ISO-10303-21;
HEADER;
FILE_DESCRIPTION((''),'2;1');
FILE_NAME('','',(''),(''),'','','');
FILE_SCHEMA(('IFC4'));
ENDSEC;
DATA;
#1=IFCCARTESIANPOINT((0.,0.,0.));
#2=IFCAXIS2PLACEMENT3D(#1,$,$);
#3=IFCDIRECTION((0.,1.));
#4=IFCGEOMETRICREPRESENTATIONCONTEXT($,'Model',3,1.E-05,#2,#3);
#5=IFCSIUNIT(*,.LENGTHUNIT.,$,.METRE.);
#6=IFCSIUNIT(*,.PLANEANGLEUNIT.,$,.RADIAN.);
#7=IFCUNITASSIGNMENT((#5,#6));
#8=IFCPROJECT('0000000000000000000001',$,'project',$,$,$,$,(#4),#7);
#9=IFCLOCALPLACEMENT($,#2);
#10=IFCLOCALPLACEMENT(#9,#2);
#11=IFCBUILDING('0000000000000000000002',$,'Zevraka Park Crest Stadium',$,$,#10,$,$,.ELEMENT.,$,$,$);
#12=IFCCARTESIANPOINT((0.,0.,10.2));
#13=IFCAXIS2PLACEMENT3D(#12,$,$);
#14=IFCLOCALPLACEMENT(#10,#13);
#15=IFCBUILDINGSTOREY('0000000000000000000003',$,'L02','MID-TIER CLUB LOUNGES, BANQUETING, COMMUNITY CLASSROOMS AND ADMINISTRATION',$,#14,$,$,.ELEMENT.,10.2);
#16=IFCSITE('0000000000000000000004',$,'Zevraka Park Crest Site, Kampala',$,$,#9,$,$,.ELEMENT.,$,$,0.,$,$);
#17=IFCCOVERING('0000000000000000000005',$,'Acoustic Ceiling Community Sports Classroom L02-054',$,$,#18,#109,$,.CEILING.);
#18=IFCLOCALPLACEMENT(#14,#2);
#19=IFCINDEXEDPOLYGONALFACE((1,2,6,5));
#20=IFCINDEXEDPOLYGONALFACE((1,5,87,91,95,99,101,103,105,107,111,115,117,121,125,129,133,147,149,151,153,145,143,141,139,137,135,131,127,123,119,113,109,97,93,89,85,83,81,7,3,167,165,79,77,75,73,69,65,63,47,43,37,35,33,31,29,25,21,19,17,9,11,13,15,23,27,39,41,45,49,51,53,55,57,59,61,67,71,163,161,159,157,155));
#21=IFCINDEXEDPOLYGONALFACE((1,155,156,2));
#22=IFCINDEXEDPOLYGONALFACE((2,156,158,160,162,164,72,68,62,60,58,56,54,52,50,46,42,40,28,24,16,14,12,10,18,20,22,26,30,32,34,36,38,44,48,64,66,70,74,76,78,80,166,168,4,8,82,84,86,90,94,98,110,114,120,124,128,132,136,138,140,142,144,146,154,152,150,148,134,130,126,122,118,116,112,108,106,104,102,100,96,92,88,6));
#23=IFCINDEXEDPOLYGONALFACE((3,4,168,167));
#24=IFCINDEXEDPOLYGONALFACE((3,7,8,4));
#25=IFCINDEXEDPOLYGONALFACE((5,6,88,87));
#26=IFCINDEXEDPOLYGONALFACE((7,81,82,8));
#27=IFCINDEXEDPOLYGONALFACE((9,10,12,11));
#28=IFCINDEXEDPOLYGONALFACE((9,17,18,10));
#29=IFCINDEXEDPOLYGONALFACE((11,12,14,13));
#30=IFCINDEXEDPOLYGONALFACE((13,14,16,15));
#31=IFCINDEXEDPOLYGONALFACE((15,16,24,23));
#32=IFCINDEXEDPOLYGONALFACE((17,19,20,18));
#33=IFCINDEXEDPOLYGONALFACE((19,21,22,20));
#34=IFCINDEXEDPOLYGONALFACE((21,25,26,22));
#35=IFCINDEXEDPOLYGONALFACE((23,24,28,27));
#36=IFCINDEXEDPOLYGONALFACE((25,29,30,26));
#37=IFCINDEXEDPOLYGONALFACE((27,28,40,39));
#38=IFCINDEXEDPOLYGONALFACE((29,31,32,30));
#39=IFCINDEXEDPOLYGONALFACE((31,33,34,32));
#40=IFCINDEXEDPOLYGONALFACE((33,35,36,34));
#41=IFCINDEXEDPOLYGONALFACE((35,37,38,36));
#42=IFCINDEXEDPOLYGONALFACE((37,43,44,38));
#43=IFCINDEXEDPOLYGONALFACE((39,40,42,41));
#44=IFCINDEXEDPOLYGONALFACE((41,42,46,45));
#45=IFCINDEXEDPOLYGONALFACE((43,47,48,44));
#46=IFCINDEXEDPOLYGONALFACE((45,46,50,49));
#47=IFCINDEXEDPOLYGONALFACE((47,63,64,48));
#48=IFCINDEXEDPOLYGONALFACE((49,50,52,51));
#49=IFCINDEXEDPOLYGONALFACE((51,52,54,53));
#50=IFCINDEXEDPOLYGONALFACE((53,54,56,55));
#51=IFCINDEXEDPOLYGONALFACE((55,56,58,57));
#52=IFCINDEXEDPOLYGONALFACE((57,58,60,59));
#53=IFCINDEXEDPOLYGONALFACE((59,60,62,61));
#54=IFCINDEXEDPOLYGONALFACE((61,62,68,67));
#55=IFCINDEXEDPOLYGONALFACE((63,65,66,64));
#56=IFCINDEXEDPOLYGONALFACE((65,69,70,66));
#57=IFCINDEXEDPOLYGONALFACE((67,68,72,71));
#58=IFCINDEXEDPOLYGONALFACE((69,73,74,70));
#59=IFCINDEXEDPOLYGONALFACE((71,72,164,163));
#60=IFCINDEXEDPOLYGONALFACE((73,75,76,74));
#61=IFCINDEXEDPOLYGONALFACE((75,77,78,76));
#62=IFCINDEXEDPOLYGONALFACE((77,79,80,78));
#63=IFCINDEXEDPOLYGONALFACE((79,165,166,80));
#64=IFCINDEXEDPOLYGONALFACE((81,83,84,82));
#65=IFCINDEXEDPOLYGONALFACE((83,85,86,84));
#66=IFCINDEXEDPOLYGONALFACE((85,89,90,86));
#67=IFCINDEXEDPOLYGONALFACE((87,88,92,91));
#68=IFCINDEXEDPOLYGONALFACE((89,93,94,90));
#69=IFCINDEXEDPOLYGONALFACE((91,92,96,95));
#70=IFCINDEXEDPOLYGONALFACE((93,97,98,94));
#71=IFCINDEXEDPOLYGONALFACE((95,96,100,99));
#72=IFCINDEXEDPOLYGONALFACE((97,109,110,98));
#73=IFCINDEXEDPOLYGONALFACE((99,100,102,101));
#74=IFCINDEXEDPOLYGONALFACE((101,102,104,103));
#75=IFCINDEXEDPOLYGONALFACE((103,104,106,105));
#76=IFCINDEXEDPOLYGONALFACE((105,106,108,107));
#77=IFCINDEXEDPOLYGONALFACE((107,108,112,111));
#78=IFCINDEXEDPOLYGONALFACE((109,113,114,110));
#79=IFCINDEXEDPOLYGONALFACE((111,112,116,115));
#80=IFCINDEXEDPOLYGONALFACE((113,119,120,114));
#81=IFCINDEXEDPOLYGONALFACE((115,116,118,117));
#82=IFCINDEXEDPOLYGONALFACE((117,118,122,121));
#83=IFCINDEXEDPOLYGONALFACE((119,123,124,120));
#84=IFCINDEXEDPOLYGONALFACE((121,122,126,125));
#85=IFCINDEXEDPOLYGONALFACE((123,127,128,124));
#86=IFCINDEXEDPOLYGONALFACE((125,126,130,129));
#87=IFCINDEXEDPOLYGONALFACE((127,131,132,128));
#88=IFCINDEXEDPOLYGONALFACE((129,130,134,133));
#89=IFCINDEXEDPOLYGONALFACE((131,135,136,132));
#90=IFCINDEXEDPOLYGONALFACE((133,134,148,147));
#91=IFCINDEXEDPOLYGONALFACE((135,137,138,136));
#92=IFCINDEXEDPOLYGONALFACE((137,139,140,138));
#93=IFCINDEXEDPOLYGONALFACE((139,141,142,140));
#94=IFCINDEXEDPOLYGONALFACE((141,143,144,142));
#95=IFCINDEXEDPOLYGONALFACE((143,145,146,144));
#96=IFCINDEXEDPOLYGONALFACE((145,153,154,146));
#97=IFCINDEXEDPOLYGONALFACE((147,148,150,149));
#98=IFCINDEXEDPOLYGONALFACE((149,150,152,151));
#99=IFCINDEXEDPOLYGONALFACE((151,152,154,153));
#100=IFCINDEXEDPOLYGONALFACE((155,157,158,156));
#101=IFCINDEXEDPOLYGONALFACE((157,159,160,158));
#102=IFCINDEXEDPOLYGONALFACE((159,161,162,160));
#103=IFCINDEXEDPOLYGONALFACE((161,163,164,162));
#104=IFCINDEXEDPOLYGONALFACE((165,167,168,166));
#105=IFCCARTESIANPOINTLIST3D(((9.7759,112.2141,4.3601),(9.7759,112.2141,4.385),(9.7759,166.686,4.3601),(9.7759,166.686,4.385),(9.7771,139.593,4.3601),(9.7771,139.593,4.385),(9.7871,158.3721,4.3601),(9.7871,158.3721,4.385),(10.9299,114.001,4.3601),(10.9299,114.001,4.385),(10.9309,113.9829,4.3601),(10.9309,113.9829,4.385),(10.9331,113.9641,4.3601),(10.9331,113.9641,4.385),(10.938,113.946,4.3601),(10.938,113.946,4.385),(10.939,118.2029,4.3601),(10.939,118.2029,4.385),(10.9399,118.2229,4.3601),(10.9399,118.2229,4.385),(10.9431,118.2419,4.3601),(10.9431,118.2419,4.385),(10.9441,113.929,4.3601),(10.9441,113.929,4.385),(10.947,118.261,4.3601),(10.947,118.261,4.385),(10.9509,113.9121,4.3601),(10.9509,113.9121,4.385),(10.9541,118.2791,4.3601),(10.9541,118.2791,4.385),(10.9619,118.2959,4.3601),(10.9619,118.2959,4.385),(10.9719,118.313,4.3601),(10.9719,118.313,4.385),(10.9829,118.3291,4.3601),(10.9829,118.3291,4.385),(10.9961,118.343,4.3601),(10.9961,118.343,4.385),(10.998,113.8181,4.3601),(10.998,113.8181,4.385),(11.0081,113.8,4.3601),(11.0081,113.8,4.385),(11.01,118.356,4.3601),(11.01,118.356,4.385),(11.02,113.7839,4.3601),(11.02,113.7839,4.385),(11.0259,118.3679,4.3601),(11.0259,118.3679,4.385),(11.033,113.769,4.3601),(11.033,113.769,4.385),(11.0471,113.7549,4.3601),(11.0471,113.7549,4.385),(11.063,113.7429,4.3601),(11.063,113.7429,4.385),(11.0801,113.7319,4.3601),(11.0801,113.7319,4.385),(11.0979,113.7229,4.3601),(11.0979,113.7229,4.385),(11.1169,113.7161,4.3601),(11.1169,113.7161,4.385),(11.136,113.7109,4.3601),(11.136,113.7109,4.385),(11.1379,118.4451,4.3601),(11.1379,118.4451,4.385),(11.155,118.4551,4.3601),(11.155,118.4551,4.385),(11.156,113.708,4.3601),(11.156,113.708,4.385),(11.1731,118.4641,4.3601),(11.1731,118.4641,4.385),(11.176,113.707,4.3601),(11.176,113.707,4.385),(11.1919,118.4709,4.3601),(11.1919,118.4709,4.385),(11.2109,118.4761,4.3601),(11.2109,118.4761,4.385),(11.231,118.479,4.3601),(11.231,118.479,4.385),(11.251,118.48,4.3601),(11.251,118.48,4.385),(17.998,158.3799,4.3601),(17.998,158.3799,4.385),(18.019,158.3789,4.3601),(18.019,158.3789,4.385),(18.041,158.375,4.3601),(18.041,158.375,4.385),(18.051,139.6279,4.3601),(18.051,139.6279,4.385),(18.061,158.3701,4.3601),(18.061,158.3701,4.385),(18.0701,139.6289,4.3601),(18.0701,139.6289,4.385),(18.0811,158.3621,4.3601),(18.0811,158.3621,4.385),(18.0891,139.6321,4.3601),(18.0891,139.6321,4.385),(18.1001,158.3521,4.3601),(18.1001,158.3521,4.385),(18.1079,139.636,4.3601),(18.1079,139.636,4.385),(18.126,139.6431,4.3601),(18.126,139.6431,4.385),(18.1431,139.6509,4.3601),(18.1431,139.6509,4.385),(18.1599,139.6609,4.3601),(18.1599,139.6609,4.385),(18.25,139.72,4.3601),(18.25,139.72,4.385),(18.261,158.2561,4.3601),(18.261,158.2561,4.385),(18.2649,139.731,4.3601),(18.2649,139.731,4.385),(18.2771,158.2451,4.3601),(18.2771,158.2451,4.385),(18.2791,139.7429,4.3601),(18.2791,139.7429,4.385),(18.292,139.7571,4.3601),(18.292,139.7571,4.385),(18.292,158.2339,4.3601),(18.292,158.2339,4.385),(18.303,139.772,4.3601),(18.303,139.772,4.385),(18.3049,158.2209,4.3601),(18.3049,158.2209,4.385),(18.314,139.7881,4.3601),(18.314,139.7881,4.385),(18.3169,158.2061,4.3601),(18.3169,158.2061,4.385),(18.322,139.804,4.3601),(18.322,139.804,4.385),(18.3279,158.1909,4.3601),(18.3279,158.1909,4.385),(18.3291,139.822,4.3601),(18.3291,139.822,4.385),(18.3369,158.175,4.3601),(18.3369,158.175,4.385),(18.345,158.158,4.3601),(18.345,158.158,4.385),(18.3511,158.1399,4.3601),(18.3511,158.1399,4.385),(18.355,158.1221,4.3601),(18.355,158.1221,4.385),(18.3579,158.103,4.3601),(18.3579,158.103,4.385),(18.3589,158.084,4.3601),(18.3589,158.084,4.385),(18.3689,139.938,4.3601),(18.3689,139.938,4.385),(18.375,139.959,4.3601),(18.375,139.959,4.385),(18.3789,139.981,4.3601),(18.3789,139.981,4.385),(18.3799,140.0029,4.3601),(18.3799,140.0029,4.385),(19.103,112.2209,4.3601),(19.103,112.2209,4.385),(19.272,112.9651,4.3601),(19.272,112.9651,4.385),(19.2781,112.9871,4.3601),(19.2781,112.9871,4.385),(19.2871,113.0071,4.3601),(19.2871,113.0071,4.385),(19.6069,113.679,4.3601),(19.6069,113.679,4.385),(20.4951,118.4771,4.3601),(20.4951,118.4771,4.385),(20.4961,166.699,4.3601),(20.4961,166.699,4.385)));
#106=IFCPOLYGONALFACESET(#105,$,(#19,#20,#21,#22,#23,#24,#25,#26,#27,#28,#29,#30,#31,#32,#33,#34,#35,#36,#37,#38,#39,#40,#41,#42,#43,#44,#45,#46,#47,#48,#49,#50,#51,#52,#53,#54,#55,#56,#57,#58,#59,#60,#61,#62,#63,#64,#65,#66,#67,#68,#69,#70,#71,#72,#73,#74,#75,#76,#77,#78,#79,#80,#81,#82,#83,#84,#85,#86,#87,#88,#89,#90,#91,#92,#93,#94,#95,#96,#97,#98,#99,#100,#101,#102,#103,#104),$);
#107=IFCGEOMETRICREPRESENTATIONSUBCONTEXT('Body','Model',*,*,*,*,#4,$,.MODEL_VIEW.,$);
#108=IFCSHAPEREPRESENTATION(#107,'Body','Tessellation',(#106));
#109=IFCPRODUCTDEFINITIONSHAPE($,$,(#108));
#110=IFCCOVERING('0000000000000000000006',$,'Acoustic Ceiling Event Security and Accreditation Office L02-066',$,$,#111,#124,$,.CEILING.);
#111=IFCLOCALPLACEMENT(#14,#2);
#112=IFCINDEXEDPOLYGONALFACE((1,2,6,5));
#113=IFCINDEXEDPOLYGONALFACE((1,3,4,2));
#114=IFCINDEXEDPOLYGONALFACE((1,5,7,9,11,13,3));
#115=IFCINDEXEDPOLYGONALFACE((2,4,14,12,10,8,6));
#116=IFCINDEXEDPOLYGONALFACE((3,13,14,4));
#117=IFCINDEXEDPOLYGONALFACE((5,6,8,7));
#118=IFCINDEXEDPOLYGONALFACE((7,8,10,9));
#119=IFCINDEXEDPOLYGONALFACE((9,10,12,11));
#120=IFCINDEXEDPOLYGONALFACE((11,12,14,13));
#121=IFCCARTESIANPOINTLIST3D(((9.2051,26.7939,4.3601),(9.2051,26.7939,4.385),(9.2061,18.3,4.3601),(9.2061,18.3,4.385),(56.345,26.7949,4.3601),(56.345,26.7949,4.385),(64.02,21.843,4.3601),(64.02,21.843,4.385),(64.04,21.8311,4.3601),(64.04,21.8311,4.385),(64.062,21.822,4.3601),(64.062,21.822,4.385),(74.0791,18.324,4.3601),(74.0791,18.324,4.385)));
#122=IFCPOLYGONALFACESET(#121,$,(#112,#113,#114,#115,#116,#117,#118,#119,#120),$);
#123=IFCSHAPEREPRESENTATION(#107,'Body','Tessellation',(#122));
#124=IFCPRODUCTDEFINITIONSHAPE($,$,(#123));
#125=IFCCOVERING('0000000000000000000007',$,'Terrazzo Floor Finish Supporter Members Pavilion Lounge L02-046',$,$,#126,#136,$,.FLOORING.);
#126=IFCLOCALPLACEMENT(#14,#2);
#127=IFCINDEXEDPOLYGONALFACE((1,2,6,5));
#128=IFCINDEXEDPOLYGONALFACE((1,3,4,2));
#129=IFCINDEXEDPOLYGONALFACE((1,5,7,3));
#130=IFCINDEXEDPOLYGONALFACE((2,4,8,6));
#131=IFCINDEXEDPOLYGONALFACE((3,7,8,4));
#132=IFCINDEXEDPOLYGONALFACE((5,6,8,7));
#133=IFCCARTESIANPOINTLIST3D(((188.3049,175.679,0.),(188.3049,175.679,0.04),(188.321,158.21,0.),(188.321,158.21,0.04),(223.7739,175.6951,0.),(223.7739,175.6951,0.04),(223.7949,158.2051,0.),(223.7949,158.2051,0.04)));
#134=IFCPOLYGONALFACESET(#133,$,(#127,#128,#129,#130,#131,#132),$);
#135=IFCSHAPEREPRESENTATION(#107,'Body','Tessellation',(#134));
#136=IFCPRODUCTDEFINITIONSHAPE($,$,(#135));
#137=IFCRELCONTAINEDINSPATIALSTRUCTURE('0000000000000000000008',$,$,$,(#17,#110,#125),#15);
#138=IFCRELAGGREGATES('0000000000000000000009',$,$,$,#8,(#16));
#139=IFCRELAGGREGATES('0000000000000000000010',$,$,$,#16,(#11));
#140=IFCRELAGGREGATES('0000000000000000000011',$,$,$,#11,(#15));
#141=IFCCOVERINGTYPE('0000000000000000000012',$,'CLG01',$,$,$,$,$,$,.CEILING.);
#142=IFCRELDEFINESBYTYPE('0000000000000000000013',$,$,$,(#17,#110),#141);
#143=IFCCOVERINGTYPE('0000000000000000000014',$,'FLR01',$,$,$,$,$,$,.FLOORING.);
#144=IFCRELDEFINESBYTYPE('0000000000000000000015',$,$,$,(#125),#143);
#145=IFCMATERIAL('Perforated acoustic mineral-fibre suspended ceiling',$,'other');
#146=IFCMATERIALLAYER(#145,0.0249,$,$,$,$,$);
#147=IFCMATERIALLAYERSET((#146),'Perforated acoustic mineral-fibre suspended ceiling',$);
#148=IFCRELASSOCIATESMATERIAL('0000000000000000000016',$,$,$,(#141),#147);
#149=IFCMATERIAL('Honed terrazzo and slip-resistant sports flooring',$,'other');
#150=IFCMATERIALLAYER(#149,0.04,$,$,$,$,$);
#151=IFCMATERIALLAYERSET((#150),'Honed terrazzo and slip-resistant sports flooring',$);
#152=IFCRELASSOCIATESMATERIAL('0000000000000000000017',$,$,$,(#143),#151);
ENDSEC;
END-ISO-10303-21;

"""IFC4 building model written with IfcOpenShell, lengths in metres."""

from ifc_helpers import new_model, si_unit, direction, frame, origin, place, context, subcontext, project, spatial, polyline, outline, extrude, material, layer, layer_set, type_object, element, save


model = new_model("IFC4")

# Units and contexts
model_context = context("Model", 3, precision=1e-05, world=origin(), true_north=direction((0.0, 1.0)))
body_context = subcontext(model_context, "Body", "Model", "MODEL_VIEW")
ifc_project = project(units=[si_unit("LENGTHUNIT", "METRE"), si_unit("PLANEANGLEUNIT", "RADIAN")], contexts=[model_context])

# Site, building, storey
site_placement = place(None, origin())
site = spatial("IfcSite", under=ifc_project, at=site_placement, Name="Zevraka Park Crest Site, Kampala", CompositionType="ELEMENT", RefElevation=0.0)
building_placement = place(site_placement, origin())
building = spatial("IfcBuilding", under=site, at=building_placement, Name="Zevraka Park Crest Stadium", CompositionType="ELEMENT")
storey_placement = place(building_placement, frame((0.0, 0.0, 10.2)))
storey = spatial("IfcBuildingStorey", under=building, at=storey_placement, Name="L02", Description="MID-TIER CLUB LOUNGES, BANQUETING, COMMUNITY CLASSROOMS AND ADMINISTRATION", CompositionType="ELEMENT", Elevation=10.2)

# Coverings
ifc_material_1 = material(Name="Perforated acoustic mineral-fibre suspended ceiling", Category="other")
ifc_layer_1 = layer(ifc_material_1, 0.0249)
ifc_layer_set_1 = layer_set([ifc_layer_1], Name="Perforated acoustic mineral-fibre suspended ceiling")
covering_type_1 = type_object("IfcCoveringType", Name="CLG01", PredefinedType="CEILING", material=ifc_layer_set_1)
covering_1_placement = place(storey_placement, frame((0.0, 0.0, 4.3601)))
element("IfcCovering", 1, at=covering_1_placement, inside=storey, type_object=covering_type_1, Name="Acoustic Ceiling Community Sports Classroom L02-054", PredefinedType="CEILING", context=body_context, shape_type="SweptSolid", body=[
    extrude(outline(polyline([(9.7759, 166.686), (20.4961, 166.699), (20.4951, 118.4771), (11.251, 118.48), (11.231, 118.479), (11.2109, 118.4761), (11.1919, 118.4709), (11.1731, 118.4641), (11.155, 118.4551), (11.1379, 118.4451), (11.0259, 118.3679), (11.01, 118.356), (10.9961, 118.343), (10.9829, 118.3291), (10.9719, 118.313), (10.9619, 118.2959), (10.9541, 118.2791), (10.947, 118.261), (10.9431, 118.2419), (10.9399, 118.2229), (10.939, 118.2029), (10.9299, 114.001), (10.9309, 113.9829), (10.9331, 113.9641), (10.938, 113.946), (10.9441, 113.929), (10.9509, 113.9121), (10.998, 113.8181), (11.0081, 113.8), (11.02, 113.7839), (11.033, 113.769), (11.0471, 113.7549), (11.063, 113.7429), (11.0801, 113.7319), (11.0979, 113.7229), (11.1169, 113.7161), (11.136, 113.7109), (11.156, 113.708), (11.176, 113.707), (19.6069, 113.679), (19.2871, 113.0071), (19.2781, 112.9871), (19.272, 112.9651), (19.103, 112.2209), (9.7759, 112.2141), (9.7771, 139.593), (18.051, 139.6279), (18.0701, 139.6289), (18.0891, 139.6321), (18.1079, 139.636), (18.126, 139.6431), (18.1431, 139.6509), (18.1599, 139.6609), (18.25, 139.72), (18.2649, 139.731), (18.2791, 139.7429), (18.292, 139.7571), (18.303, 139.772), (18.314, 139.7881), (18.322, 139.804), (18.3291, 139.822), (18.3689, 139.938), (18.375, 139.959), (18.3789, 139.981), (18.3799, 140.0029), (18.3589, 158.084), (18.3579, 158.103), (18.355, 158.1221), (18.3511, 158.1399), (18.345, 158.158), (18.3369, 158.175), (18.3279, 158.1909), (18.3169, 158.2061), (18.3049, 158.2209), (18.292, 158.2339), (18.2771, 158.2451), (18.261, 158.2561), (18.1001, 158.3521), (18.0811, 158.3621), (18.061, 158.3701), (18.041, 158.375), (18.019, 158.3789), (17.998, 158.3799), (9.7871, 158.3721), (9.7759, 166.686)])), origin(), (0.0, 0.0, 1.0), 0.0249),
])
covering_2_placement = place(storey_placement, frame((0.0, 0.0, 4.3601)))
element("IfcCovering", 2, at=covering_2_placement, inside=storey, type_object=covering_type_1, Name="Acoustic Ceiling Event Security and Accreditation Office L02-066", PredefinedType="CEILING", context=body_context, shape_type="SweptSolid", body=[
    extrude(outline(polyline([(9.2061, 18.3), (9.2051, 26.7939), (56.345, 26.7949), (64.02, 21.843), (64.04, 21.8311), (64.062, 21.822), (74.0791, 18.324), (9.2061, 18.3)])), origin(), (0.0, 0.0, 1.0), 0.0249),
])
ifc_material_2 = material(Name="Honed terrazzo and slip-resistant sports flooring", Category="other")
ifc_layer_2 = layer(ifc_material_2, 0.04)
ifc_layer_set_2 = layer_set([ifc_layer_2], Name="Honed terrazzo and slip-resistant sports flooring")
covering_type_2 = type_object("IfcCoveringType", Name="FLR01", PredefinedType="FLOORING", material=ifc_layer_set_2)
covering_3_placement = place(storey_placement, origin())
element("IfcCovering", 3, at=covering_3_placement, inside=storey, type_object=covering_type_2, Name="Terrazzo Floor Finish Supporter Members Pavilion Lounge L02-046", PredefinedType="FLOORING", context=body_context, shape_type="SweptSolid", body=[
    extrude(outline(polyline([(223.7949, 158.2051), (188.321, 158.21), (188.3049, 175.679), (223.7739, 175.6951), (223.7949, 158.2051)])), origin(), (0.0, 0.0, 1.0), 0.04),
])

save(model, "model.ifc")
